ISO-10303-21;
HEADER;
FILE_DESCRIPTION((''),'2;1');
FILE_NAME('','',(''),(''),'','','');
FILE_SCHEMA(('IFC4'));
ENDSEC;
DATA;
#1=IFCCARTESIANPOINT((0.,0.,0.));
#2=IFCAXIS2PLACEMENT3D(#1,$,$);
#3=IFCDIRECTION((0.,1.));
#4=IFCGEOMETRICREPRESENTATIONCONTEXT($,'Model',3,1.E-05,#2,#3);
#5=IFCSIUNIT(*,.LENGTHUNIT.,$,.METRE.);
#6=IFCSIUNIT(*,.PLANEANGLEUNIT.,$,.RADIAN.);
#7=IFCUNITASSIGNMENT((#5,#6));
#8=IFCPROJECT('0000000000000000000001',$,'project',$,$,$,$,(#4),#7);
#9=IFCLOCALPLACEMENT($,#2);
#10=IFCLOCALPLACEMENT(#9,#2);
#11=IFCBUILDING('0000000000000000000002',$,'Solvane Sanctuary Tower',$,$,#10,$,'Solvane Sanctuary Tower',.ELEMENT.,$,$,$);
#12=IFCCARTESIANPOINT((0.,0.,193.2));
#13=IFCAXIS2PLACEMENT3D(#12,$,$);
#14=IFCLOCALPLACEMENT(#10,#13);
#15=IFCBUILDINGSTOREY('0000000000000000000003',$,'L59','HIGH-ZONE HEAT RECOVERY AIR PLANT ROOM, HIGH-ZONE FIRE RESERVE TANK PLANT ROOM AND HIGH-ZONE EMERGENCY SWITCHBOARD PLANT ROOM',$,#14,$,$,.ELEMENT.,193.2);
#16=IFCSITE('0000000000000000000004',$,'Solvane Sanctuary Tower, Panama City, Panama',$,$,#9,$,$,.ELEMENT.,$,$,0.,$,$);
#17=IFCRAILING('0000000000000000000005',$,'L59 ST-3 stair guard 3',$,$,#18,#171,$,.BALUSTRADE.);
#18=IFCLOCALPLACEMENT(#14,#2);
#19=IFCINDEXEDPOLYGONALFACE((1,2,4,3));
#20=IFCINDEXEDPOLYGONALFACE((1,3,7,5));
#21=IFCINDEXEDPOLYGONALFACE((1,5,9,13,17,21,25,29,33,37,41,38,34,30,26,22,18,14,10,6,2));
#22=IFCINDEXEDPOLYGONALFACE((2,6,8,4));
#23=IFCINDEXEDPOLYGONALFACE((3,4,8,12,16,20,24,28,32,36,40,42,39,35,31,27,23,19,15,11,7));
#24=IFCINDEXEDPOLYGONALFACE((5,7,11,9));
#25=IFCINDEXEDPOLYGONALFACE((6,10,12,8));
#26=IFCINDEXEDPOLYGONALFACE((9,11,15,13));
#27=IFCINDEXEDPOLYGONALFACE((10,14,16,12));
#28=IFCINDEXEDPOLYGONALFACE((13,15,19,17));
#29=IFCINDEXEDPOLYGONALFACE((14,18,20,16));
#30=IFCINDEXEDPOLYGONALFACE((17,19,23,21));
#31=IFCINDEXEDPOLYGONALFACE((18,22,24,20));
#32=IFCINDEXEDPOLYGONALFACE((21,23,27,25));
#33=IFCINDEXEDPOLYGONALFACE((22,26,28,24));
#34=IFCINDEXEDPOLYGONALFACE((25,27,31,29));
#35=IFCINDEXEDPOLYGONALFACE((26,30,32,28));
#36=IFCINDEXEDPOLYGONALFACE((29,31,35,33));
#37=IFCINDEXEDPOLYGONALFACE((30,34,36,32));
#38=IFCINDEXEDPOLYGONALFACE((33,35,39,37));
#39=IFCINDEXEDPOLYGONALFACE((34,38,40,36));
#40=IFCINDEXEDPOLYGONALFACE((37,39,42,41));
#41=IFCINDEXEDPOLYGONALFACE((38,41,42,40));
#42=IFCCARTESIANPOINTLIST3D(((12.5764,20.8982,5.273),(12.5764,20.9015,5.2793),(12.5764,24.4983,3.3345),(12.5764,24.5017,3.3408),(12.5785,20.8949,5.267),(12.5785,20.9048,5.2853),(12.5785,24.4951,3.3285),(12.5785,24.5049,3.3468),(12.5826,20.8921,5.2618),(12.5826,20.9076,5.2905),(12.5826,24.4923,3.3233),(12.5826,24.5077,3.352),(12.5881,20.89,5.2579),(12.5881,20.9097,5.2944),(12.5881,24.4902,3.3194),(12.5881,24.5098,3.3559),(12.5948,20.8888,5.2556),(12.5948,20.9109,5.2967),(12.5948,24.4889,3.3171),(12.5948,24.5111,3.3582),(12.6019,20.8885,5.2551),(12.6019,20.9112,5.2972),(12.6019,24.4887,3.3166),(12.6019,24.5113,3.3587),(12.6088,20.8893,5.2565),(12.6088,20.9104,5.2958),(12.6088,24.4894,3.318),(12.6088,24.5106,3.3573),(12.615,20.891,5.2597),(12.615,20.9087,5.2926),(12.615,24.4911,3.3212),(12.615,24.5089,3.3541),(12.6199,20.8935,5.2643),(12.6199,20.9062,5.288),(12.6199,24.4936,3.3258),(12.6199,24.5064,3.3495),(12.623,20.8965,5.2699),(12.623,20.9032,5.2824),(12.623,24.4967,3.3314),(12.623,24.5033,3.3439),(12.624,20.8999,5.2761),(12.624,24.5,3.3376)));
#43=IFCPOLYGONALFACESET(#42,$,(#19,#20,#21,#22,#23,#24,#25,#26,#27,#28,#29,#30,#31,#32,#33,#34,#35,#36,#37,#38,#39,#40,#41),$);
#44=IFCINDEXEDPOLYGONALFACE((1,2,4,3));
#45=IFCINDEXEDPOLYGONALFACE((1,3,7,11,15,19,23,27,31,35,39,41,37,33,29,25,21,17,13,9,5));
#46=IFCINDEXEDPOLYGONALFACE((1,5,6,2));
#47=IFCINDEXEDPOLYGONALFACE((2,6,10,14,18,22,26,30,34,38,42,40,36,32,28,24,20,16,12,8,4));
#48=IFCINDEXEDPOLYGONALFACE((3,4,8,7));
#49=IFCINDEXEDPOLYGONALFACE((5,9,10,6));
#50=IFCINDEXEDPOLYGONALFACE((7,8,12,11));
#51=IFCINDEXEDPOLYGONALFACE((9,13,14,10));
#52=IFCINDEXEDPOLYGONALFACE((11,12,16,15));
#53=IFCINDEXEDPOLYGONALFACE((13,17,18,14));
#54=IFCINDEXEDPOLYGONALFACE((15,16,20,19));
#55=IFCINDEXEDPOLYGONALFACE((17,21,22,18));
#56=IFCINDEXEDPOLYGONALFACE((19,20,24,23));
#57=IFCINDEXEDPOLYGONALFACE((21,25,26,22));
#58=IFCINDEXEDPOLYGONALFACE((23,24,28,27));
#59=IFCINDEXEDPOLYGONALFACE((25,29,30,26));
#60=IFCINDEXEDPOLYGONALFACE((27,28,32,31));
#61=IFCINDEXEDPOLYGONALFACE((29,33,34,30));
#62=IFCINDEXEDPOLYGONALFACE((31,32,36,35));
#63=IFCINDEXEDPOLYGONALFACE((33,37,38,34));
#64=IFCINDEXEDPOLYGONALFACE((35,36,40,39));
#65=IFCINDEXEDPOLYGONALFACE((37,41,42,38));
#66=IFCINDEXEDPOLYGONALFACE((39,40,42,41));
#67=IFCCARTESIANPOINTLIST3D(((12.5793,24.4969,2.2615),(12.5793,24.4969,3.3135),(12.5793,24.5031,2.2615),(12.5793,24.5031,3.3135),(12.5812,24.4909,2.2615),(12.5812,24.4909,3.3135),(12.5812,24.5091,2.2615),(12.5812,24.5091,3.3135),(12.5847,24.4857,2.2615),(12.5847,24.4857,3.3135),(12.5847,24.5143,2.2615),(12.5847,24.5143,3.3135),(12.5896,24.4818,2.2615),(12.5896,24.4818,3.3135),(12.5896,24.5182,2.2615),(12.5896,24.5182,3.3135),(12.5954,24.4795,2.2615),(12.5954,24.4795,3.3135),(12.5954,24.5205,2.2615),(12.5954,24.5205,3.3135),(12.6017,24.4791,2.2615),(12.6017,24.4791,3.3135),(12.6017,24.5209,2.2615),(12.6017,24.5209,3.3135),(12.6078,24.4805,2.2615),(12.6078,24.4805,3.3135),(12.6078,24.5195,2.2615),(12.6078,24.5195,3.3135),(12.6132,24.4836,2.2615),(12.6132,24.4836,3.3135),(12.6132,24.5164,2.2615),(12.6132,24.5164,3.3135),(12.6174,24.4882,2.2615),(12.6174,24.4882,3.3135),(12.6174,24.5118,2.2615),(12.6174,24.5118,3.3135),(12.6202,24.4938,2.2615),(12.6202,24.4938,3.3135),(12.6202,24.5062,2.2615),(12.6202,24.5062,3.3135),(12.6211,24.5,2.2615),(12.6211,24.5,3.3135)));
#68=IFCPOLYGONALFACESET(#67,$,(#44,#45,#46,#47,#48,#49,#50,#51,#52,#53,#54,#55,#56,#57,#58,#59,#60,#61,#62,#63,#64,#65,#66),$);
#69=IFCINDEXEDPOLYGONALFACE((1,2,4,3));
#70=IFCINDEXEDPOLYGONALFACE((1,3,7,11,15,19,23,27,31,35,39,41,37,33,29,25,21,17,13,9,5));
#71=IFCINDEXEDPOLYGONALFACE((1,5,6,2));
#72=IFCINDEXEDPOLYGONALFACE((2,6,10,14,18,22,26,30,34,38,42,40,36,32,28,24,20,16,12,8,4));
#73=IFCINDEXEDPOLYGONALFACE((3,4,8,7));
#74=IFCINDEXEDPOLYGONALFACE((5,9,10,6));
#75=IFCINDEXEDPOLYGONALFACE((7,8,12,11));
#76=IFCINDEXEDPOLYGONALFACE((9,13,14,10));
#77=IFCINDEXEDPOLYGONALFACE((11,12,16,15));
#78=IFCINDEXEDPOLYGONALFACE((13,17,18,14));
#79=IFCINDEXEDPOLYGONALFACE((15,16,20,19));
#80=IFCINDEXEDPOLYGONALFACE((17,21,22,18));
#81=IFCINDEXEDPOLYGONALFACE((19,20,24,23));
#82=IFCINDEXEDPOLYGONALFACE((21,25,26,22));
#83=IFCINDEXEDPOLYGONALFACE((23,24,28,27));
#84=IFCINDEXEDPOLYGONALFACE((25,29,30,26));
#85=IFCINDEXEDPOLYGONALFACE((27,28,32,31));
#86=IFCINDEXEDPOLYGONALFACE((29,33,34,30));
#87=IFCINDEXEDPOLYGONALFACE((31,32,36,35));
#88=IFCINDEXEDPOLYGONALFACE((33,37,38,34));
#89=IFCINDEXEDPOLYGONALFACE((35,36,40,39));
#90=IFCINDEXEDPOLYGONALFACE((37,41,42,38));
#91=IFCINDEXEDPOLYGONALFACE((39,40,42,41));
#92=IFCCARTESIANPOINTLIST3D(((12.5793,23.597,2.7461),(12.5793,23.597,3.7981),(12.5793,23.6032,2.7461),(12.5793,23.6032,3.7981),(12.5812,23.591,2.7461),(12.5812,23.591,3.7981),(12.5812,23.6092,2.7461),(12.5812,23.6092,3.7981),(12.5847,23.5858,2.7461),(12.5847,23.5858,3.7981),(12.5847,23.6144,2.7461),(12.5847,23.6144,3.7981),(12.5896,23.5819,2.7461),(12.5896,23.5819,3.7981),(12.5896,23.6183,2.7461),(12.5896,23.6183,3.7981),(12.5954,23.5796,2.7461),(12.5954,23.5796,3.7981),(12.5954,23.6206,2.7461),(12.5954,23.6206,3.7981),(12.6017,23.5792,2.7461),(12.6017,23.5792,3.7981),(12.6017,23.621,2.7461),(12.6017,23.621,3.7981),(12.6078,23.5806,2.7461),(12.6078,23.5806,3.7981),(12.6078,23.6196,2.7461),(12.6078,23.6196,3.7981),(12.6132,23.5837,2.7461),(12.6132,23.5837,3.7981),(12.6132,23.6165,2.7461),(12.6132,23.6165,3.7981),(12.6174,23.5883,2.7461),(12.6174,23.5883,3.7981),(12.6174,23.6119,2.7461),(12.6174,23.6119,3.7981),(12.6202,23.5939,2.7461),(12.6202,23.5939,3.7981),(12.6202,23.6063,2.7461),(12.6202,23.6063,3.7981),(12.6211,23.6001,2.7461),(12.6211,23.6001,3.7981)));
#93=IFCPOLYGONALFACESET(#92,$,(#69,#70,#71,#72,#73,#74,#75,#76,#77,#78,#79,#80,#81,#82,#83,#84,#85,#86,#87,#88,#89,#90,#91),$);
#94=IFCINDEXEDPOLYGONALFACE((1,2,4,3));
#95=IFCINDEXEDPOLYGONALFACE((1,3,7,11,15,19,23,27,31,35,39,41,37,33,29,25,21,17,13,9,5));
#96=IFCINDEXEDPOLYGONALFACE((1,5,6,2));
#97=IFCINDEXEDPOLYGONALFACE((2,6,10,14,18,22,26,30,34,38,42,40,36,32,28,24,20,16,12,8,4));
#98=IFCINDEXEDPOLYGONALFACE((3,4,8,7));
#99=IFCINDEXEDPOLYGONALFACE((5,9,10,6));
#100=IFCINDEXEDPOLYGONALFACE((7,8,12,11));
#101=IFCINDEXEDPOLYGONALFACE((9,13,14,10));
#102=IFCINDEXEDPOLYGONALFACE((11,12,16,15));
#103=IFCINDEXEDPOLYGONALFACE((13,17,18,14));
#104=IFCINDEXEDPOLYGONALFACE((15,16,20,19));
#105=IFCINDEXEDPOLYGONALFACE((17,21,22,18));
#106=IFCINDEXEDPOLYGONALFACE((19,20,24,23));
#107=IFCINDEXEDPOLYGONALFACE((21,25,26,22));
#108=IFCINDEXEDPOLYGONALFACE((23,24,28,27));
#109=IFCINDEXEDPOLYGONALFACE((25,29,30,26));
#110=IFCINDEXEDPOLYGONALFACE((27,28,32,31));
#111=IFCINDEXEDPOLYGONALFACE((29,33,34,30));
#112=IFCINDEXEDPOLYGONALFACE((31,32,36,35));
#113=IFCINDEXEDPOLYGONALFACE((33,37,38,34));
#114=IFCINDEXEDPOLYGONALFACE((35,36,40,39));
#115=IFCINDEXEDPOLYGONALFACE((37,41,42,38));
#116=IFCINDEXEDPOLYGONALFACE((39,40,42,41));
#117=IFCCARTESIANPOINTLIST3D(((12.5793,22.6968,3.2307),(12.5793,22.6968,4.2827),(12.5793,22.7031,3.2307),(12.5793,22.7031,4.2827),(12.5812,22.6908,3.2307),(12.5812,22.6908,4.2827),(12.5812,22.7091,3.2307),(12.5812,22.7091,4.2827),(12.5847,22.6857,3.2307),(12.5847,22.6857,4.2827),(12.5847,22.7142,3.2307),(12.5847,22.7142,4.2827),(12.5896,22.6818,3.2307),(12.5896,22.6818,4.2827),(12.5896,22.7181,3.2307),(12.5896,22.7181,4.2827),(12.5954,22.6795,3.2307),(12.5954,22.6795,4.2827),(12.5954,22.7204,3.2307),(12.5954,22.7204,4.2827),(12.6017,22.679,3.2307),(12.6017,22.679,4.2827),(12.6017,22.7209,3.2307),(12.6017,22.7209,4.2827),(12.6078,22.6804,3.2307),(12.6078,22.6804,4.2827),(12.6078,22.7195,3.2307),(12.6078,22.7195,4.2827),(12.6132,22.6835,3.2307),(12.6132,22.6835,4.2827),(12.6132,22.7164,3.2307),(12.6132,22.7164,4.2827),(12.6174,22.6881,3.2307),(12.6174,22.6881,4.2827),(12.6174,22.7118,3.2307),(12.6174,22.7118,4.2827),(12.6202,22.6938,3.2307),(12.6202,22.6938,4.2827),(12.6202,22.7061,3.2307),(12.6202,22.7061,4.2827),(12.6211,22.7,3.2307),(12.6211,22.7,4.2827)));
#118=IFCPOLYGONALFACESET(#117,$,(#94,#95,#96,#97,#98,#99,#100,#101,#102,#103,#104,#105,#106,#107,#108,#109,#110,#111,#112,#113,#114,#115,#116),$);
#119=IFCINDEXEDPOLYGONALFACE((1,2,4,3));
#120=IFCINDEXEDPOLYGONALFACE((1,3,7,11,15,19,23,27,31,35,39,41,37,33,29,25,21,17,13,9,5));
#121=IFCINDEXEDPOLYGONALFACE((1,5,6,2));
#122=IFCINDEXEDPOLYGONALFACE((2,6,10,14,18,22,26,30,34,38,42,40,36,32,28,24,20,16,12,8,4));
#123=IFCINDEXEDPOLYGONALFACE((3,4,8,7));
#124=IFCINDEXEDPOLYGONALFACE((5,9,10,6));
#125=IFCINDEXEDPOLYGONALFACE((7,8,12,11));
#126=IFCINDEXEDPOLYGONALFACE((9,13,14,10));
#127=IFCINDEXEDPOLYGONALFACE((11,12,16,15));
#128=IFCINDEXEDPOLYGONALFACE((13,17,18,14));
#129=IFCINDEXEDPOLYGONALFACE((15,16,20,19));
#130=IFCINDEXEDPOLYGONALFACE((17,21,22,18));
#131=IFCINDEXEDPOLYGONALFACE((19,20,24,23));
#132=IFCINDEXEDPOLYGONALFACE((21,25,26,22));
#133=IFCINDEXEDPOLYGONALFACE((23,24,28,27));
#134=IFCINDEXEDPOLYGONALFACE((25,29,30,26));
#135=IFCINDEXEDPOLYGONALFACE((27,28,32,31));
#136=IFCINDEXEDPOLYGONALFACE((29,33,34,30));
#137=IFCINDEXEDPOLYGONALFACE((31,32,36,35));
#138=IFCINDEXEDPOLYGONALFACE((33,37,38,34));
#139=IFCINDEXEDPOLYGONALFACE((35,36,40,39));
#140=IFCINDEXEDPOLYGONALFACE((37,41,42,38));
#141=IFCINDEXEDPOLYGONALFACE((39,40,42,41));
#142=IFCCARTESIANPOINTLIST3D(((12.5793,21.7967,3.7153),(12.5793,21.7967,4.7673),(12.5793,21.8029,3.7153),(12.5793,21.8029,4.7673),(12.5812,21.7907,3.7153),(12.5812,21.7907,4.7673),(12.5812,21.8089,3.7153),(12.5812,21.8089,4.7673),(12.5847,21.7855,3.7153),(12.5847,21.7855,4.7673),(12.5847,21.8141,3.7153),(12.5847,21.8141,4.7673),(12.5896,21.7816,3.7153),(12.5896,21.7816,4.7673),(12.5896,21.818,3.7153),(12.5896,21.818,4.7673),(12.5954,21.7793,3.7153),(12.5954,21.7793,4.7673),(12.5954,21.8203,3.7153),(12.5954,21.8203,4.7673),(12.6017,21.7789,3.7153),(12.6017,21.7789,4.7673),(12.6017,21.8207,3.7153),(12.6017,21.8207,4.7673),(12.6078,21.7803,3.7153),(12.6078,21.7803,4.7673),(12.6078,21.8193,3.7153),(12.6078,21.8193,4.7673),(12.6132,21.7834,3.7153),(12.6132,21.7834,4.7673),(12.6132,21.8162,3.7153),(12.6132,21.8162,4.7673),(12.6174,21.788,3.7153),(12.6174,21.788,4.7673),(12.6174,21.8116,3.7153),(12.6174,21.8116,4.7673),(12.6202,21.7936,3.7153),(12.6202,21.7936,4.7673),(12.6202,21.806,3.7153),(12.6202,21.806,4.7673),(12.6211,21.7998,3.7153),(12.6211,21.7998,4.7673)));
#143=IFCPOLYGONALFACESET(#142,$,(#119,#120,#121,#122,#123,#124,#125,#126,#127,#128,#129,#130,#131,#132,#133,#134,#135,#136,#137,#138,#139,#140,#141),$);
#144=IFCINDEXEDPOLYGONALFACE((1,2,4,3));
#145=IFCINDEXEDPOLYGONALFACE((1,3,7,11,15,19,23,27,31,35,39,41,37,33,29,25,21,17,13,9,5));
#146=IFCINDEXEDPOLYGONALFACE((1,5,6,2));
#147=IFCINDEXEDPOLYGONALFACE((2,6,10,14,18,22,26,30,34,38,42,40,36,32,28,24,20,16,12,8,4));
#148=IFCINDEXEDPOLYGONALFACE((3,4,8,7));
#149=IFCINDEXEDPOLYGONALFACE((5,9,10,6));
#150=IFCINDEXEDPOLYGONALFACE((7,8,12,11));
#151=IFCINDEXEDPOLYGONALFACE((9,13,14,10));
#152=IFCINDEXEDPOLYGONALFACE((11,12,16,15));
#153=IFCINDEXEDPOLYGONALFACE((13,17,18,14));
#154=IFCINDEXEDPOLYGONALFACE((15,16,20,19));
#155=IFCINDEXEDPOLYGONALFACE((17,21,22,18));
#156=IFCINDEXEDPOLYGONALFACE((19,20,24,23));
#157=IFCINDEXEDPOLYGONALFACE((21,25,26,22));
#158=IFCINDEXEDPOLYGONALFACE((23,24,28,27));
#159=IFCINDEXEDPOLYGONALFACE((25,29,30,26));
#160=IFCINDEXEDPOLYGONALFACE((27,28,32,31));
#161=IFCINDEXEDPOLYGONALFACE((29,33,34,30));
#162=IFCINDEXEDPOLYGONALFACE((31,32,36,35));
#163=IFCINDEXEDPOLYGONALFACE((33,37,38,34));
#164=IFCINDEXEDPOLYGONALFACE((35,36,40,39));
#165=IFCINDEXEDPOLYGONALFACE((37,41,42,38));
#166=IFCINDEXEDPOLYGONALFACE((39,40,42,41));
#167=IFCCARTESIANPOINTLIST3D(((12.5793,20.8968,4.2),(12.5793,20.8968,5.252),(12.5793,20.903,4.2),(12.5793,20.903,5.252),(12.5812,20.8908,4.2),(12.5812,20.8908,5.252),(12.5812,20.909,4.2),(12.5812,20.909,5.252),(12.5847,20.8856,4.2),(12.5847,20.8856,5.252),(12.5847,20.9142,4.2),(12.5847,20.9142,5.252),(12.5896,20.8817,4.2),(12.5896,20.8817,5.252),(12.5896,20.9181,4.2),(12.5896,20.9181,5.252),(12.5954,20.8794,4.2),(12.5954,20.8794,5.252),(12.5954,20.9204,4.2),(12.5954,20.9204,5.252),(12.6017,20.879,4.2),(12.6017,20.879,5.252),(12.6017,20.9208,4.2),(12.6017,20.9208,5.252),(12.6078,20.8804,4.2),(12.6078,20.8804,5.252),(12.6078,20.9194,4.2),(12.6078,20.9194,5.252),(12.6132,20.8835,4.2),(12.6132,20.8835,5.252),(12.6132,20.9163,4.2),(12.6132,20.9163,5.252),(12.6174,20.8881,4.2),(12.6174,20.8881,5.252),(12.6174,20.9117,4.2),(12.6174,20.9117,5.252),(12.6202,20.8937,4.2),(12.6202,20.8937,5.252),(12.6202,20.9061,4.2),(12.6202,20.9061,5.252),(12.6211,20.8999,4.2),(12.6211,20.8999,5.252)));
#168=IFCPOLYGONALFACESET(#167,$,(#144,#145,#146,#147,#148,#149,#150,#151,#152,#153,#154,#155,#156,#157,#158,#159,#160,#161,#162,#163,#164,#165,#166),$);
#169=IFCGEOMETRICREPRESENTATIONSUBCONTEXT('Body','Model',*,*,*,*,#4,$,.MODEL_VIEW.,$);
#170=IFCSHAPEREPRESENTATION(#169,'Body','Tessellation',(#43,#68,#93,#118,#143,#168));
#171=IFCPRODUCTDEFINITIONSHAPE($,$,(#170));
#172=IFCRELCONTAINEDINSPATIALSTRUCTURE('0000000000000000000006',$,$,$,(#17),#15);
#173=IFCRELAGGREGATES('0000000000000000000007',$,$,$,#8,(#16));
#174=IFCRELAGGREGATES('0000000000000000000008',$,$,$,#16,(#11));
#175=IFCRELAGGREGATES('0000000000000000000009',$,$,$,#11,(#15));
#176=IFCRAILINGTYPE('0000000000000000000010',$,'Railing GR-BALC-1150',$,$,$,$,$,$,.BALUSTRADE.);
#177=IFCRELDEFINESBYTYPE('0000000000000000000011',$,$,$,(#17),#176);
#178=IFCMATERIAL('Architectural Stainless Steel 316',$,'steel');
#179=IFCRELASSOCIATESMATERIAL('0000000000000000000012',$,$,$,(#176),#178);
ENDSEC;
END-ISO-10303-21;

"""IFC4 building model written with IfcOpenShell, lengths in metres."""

from ifc_helpers import new_model, si_unit, direction, frame, origin, origin_2d, place, context, subcontext, project, spatial, circle, extrude, material, type_object, element, save


model = new_model("IFC4")

# Units and contexts
model_context = context("Model", 3, precision=1e-05, world=origin(), true_north=direction((0.0, 1.0)))
body_context = subcontext(model_context, "Body", "Model", "MODEL_VIEW")
ifc_project = project(units=[si_unit("LENGTHUNIT", "METRE"), si_unit("PLANEANGLEUNIT", "RADIAN")], contexts=[model_context])

# Site, building, storey
site_placement = place(None, origin())
site = spatial("IfcSite", under=ifc_project, at=site_placement, Name="Solvane Sanctuary Tower, Panama City, Panama", CompositionType="ELEMENT", RefElevation=0.0)
building_placement = place(site_placement, origin())
building = spatial("IfcBuilding", under=site, at=building_placement, Name="Solvane Sanctuary Tower", LongName="Solvane Sanctuary Tower", CompositionType="ELEMENT")
storey_placement = place(building_placement, frame((0.0, 0.0, 193.2)))
storey = spatial("IfcBuildingStorey", under=building, at=storey_placement, Name="L59", Description="HIGH-ZONE HEAT RECOVERY AIR PLANT ROOM, HIGH-ZONE FIRE RESERVE TANK PLANT ROOM AND HIGH-ZONE EMERGENCY SWITCHBOARD PLANT ROOM", CompositionType="ELEMENT", Elevation=193.2)

# Shared definitions
ifc_material_1 = material(Name="Architectural Stainless Steel 316", Category="steel")

# Railing
railing_type_1 = type_object("IfcRailingType", Name="Railing GR-BALC-1150", PredefinedType="BALUSTRADE", material=ifc_material_1)
railing_1_placement = place(storey_placement, frame((12.6001, 24.5, 2.2615)))
element("IfcRailing", 1, at=railing_1_placement, inside=storey, type_object=railing_type_1, Name="L59 ST-3 stair guard 3", PredefinedType="BALUSTRADE", context=body_context, shape_type="SweptSolid", body=[
    extrude(circle(Radius=0.0239, at=origin_2d()), frame((0.0, 0.0, 1.0762), z_axis=(0.0, -0.880475, 0.474093), x_axis=(1.0, 0.0, 0.0)), (0.0, 0.0, 1.0), 4.0889),
    extrude(circle(Radius=0.021, at=origin_2d()), origin(), (0.0, 0.0, 1.0), 1.052),
    extrude(circle(Radius=0.021, at=origin_2d()), frame((0.0, -0.8999, 0.4846)), (0.0, 0.0, 1.0), 1.052),
    extrude(circle(Radius=0.021, at=origin_2d()), frame((0.0, -1.8, 0.9692)), (0.0, 0.0, 1.0), 1.052),
    extrude(circle(Radius=0.021, at=origin_2d()), frame((0.0, -2.7002, 1.4539)), (0.0, 0.0, 1.0), 1.052),
    extrude(circle(Radius=0.021, at=origin_2d()), frame((0.0, -3.6001, 1.9385)), (0.0, 0.0, 1.0), 1.052),
])

save(model, "model.ifc")
